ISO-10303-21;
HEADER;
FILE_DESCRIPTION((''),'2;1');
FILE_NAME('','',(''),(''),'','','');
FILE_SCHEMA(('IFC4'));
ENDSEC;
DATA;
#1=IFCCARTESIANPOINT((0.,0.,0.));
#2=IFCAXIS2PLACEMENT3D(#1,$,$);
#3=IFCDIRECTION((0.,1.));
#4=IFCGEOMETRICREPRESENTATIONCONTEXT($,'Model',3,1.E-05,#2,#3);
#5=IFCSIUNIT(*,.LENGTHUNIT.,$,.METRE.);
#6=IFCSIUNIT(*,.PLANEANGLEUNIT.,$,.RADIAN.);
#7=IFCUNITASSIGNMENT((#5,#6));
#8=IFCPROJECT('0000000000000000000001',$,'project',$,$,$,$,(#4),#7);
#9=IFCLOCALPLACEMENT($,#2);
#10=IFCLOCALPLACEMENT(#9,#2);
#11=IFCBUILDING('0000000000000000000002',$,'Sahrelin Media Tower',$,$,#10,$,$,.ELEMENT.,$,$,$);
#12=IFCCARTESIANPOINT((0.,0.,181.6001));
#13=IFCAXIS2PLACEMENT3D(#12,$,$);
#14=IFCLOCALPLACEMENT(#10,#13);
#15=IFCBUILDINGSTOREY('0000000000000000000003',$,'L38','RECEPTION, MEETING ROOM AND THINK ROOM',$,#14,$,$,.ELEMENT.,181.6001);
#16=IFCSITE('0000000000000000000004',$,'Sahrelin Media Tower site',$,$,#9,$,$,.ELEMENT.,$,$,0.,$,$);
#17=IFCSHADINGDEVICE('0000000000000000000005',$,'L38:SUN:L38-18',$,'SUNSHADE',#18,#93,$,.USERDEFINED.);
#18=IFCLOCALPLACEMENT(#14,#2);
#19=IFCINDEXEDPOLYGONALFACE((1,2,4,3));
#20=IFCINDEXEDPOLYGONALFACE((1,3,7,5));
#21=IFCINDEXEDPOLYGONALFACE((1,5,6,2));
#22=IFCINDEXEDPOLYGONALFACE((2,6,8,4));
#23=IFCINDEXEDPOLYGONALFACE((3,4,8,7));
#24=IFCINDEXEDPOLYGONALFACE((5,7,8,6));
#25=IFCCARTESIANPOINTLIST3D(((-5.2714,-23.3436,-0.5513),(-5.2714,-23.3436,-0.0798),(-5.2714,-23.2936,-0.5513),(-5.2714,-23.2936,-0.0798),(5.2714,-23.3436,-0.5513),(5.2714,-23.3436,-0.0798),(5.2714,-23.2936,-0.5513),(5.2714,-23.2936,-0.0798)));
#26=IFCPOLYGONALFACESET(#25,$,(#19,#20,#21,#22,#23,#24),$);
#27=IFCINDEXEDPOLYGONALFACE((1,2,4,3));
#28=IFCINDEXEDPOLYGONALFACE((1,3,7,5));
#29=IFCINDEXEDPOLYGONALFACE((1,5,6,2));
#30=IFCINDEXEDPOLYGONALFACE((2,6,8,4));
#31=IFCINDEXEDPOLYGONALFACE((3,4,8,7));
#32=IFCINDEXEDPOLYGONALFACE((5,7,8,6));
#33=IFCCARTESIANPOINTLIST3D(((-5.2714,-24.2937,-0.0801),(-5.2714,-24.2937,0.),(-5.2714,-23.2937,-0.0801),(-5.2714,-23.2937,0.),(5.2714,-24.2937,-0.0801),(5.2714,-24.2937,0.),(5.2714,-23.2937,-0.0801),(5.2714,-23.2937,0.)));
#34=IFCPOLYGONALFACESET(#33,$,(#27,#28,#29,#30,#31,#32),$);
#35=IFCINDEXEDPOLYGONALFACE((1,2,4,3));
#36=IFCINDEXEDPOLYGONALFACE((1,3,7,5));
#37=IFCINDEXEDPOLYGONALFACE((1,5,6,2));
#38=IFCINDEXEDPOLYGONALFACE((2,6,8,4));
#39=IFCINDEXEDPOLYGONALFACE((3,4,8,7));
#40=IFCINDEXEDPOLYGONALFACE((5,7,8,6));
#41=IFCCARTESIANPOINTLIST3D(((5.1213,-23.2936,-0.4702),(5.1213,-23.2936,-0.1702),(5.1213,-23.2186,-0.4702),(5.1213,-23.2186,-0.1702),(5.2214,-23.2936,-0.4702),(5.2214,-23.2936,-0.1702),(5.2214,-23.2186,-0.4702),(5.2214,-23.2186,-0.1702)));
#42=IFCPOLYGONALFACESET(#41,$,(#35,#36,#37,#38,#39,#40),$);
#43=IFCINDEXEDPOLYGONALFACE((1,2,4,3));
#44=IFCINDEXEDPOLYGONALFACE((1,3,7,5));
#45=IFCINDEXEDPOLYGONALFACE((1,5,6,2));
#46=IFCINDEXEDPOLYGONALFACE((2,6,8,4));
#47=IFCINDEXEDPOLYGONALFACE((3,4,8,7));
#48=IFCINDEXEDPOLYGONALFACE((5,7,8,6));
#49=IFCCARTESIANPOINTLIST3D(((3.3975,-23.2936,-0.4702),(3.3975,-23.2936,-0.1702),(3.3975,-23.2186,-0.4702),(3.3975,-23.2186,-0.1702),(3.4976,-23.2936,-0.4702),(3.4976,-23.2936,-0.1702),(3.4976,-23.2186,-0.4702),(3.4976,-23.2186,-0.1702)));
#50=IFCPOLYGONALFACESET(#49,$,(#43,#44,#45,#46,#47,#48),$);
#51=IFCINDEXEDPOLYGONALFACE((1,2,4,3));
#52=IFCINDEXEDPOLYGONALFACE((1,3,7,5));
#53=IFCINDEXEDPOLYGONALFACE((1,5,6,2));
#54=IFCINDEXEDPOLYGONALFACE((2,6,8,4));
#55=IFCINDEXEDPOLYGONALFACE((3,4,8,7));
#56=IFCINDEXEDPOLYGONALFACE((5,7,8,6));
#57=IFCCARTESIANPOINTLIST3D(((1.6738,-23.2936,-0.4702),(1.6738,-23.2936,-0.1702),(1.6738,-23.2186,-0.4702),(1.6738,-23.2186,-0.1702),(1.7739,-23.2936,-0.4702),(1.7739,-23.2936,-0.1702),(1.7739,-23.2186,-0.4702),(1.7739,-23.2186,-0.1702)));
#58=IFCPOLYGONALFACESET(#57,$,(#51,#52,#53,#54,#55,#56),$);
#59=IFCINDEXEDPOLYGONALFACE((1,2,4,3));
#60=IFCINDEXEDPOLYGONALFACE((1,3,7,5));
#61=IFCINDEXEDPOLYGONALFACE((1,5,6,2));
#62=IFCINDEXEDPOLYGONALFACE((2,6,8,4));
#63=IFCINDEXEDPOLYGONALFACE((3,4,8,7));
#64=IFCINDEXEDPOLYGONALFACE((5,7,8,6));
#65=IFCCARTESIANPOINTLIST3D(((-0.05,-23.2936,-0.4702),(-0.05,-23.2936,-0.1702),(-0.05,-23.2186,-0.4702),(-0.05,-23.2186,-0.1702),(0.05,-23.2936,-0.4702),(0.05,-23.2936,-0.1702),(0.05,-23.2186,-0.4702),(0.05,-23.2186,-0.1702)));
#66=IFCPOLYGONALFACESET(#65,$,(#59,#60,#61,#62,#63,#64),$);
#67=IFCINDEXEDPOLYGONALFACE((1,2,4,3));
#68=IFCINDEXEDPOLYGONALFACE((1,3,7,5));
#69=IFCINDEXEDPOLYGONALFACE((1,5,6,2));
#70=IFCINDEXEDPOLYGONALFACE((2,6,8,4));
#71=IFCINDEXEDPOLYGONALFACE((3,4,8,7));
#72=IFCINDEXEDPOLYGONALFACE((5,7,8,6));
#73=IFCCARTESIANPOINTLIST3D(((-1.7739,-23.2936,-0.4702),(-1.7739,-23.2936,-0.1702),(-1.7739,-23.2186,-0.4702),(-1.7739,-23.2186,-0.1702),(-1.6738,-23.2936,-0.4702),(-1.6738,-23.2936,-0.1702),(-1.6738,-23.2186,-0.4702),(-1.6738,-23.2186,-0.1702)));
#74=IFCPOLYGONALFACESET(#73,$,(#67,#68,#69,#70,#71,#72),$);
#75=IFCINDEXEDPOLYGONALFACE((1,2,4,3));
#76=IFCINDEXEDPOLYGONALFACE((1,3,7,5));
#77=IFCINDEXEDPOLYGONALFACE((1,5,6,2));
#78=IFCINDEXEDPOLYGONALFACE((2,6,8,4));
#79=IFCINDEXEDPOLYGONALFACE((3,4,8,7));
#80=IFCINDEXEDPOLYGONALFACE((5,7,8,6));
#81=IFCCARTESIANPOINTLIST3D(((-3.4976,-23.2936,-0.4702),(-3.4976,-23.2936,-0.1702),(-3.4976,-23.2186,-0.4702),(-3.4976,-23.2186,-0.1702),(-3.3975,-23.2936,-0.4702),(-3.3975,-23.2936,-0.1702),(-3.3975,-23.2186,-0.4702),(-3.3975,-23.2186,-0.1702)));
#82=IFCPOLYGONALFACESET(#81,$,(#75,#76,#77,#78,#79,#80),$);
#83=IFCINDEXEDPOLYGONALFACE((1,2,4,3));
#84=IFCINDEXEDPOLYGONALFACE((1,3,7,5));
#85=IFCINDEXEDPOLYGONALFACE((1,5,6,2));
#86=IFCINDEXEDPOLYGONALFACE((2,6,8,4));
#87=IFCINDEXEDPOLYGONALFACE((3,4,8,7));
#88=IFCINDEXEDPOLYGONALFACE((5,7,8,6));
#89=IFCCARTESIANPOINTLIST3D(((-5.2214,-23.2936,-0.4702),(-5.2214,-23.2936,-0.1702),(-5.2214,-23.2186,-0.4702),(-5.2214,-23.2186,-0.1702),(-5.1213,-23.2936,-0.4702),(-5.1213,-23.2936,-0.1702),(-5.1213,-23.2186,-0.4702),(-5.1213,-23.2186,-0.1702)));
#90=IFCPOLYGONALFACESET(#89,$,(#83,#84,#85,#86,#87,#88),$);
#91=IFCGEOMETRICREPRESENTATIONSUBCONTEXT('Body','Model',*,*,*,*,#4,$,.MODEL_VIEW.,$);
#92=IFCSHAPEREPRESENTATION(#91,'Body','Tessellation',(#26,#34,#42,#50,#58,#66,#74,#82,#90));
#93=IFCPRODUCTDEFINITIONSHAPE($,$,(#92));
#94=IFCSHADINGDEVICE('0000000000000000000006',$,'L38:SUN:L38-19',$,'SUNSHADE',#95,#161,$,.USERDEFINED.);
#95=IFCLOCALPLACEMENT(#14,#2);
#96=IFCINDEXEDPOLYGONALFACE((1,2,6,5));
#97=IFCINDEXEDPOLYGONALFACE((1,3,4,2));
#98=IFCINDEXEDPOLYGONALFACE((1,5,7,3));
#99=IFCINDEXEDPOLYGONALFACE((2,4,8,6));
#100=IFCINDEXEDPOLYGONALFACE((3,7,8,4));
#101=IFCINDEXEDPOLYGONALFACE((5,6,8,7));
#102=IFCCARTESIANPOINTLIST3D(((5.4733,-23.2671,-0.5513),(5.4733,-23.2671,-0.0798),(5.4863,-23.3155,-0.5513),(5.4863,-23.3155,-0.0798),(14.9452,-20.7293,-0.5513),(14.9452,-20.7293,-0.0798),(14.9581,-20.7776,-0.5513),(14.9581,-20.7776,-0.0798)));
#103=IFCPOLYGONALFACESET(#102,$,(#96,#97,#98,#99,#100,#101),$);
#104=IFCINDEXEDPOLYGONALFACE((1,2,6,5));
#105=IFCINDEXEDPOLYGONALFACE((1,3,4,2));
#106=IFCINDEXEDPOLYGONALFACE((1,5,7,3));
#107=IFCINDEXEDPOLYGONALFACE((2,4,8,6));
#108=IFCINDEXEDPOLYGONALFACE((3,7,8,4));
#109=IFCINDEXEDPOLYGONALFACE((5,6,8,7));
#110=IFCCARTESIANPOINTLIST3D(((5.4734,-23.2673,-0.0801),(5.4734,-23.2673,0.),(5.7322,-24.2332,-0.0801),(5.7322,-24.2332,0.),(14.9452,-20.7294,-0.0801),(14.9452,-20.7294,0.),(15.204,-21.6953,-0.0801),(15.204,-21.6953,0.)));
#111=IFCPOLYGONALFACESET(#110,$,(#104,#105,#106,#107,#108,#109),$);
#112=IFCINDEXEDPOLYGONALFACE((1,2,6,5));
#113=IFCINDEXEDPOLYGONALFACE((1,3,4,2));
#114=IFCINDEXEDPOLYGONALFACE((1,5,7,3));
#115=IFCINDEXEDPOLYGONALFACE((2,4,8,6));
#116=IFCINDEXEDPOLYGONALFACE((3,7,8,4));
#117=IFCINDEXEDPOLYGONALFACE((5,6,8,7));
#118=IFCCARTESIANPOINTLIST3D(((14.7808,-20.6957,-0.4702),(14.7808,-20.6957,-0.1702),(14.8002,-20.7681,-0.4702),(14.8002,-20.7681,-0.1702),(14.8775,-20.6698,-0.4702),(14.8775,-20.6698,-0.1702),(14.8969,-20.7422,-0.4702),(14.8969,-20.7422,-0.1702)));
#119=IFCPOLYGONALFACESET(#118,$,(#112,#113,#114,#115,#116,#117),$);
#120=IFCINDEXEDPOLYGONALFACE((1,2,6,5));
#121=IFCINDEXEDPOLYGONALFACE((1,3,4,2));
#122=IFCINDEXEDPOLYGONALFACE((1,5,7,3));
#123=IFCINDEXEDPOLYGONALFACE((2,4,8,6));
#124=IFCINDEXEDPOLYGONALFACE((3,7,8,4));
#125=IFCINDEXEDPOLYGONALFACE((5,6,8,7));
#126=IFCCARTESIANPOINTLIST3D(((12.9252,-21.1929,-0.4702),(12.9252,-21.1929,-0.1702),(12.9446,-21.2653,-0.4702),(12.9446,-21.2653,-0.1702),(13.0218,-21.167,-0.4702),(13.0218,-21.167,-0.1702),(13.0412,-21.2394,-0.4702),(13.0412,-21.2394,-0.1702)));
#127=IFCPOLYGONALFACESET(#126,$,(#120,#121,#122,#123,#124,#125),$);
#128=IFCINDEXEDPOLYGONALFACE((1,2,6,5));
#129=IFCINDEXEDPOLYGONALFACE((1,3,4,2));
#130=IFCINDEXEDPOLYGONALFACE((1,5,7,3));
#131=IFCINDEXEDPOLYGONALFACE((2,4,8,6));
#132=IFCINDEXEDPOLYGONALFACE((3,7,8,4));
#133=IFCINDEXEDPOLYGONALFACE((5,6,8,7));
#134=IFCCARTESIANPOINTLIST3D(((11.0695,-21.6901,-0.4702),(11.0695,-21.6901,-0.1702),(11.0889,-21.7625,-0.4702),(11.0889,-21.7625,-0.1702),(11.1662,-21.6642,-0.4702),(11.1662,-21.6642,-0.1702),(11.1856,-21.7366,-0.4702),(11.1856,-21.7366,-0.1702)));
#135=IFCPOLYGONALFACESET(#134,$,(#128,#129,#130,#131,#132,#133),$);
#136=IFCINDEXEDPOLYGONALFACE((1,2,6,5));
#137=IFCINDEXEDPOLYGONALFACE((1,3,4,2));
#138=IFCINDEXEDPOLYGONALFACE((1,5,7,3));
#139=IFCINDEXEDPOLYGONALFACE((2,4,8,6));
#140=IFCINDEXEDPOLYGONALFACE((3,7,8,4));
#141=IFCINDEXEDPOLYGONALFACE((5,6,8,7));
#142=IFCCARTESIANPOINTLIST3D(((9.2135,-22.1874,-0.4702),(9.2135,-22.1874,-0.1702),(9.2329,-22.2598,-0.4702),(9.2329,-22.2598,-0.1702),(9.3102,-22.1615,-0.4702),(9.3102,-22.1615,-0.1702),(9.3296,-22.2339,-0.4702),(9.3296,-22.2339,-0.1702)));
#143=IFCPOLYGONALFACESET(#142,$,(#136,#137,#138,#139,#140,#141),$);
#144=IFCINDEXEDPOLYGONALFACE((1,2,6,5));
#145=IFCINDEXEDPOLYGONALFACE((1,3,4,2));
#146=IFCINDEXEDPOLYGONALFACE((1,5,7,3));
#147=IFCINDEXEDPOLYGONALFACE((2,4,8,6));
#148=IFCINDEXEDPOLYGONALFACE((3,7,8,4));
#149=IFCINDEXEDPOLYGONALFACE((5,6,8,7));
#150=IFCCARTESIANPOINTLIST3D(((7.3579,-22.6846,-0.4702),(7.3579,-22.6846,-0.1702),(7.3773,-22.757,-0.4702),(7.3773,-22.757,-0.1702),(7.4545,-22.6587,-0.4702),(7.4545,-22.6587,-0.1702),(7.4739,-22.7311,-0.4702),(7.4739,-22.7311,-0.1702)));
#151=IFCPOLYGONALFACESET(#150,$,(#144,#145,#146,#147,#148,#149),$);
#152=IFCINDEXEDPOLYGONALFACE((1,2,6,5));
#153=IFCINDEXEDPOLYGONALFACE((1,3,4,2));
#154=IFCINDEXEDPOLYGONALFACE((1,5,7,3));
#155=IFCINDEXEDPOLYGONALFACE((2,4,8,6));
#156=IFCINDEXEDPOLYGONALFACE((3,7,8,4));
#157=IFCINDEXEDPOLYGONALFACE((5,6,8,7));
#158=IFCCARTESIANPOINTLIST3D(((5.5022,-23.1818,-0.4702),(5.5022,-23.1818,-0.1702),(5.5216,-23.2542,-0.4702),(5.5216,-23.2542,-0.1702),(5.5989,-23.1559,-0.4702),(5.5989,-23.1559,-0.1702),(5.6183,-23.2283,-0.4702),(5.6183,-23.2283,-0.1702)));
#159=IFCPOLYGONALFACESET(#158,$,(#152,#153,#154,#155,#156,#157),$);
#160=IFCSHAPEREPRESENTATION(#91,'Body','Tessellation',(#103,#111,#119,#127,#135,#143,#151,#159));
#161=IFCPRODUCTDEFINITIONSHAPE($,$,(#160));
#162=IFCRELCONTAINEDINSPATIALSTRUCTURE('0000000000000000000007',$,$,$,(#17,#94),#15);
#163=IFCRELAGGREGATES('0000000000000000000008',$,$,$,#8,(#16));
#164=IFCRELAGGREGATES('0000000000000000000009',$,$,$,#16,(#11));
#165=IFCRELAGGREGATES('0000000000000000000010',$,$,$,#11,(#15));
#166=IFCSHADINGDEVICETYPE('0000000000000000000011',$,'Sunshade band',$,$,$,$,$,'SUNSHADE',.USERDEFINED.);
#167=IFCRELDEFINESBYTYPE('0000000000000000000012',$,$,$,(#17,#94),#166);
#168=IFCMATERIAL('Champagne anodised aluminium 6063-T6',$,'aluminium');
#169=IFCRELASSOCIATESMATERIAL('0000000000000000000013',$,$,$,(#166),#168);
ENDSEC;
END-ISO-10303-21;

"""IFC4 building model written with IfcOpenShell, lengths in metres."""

from ifc_helpers import new_model, si_unit, direction, frame, origin, origin_2d, place, context, subcontext, project, spatial, rectangle, extrude, material, type_object, element, save


model = new_model("IFC4")

# Units and contexts
model_context = context("Model", 3, precision=1e-05, world=origin(), true_north=direction((0.0, 1.0)))
body_context = subcontext(model_context, "Body", "Model", "MODEL_VIEW")
ifc_project = project(units=[si_unit("LENGTHUNIT", "METRE"), si_unit("PLANEANGLEUNIT", "RADIAN")], contexts=[model_context])

# Site, building, storey
site_placement = place(None, origin())
site = spatial("IfcSite", under=ifc_project, at=site_placement, Name="Sahrelin Media Tower site", CompositionType="ELEMENT", RefElevation=0.0)
building_placement = place(site_placement, origin())
building = spatial("IfcBuilding", under=site, at=building_placement, Name="Sahrelin Media Tower", CompositionType="ELEMENT")
storey_placement = place(building_placement, frame((0.0, 0.0, 181.6001)))
storey = spatial("IfcBuildingStorey", under=building, at=storey_placement, Name="L38", Description="RECEPTION, MEETING ROOM AND THINK ROOM", CompositionType="ELEMENT", Elevation=181.6001)

# Shared definitions
ifc_material_1 = material(Name="Champagne anodised aluminium 6063-T6", Category="aluminium")

# Shading devices
placement_1 = place(storey_placement, frame((0.0, -23.2737, 0.0), z_axis=(0.0, 0.0, 1.0), x_axis=(-1.0, 0.0, 0.0)))
placement_2 = place(storey_placement, frame((10.2041, -21.979, 0.0), z_axis=(0.0, 0.0, 1.0), x_axis=(-0.965929, -0.258808, 0.0)))
shading_device_type_1 = type_object("IfcShadingDeviceType", Name="Sunshade band", ElementType="SUNSHADE", PredefinedType="USERDEFINED", material=ifc_material_1)
element("IfcShadingDevice", 1, at=placement_1, inside=storey, type_object=shading_device_type_1, Name="L38:SUN:L38-18", ObjectType="SUNSHADE", PredefinedType="USERDEFINED", context=body_context, shape_type="SweptSolid", body=[
    extrude(rectangle(XDim=10.5427, YDim=0.05, at=origin_2d()), frame((0.0, 0.0449, -0.5513)), (0.0, 0.0, 1.0), 0.4714),
    extrude(rectangle(XDim=10.5427, YDim=1.0, at=origin_2d()), frame((0.0, 0.52, -0.0801)), (0.0, 0.0, 1.0), 0.0801),
    extrude(rectangle(XDim=0.1001, YDim=0.075, at=origin_2d()), frame((-5.1714, -0.0176, -0.4702)), (0.0, 0.0, 1.0), 0.3),
    extrude(rectangle(XDim=0.1001, YDim=0.075, at=origin_2d()), frame((-3.4475, -0.0176, -0.4702)), (0.0, 0.0, 1.0), 0.3),
    extrude(rectangle(XDim=0.1001, YDim=0.075, at=origin_2d()), frame((-1.7239, -0.0176, -0.4702)), (0.0, 0.0, 1.0), 0.3),
    extrude(rectangle(XDim=0.1001, YDim=0.075, at=origin_2d()), frame((0.0, -0.0176, -0.4702)), (0.0, 0.0, 1.0), 0.3),
    extrude(rectangle(XDim=0.1001, YDim=0.075, at=origin_2d()), frame((1.7239, -0.0176, -0.4702)), (0.0, 0.0, 1.0), 0.3),
    extrude(rectangle(XDim=0.1001, YDim=0.075, at=origin_2d()), frame((3.4475, -0.0176, -0.4702)), (0.0, 0.0, 1.0), 0.3),
    extrude(rectangle(XDim=0.1001, YDim=0.075, at=origin_2d()), frame((5.1714, -0.0176, -0.4702)), (0.0, 0.0, 1.0), 0.3),
])
element("IfcShadingDevice", 2, at=placement_2, inside=storey, type_object=shading_device_type_1, Name="L38:SUN:L38-19", ObjectType="SUNSHADE", PredefinedType="USERDEFINED", context=body_context, shape_type="SweptSolid", body=[
    extrude(rectangle(XDim=9.8059, YDim=0.05, at=origin_2d()), frame((0.0, 0.0449, -0.5513)), (0.0, 0.0, 1.0), 0.4714),
    extrude(rectangle(XDim=9.8059, YDim=1.0, at=origin_2d()), frame((0.0, 0.52, -0.0801)), (0.0, 0.0, 1.0), 0.0801),
    extrude(rectangle(XDim=0.1001, YDim=0.075, at=origin_2d()), frame((-4.803, -0.0176, -0.4702)), (0.0, 0.0, 1.0), 0.3),
    extrude(rectangle(XDim=0.1001, YDim=0.075, at=origin_2d()), frame((-2.8818, -0.0176, -0.4702)), (0.0, 0.0, 1.0), 0.3),
    extrude(rectangle(XDim=0.1001, YDim=0.075, at=origin_2d()), frame((-0.9607, -0.0176, -0.4702)), (0.0, 0.0, 1.0), 0.3),
    extrude(rectangle(XDim=0.1001, YDim=0.075, at=origin_2d()), frame((0.9607, -0.0176, -0.4702)), (0.0, 0.0, 1.0), 0.3),
    extrude(rectangle(XDim=0.1001, YDim=0.075, at=origin_2d()), frame((2.8818, -0.0176, -0.4702)), (0.0, 0.0, 1.0), 0.3),
    extrude(rectangle(XDim=0.1001, YDim=0.075, at=origin_2d()), frame((4.803, -0.0176, -0.4702)), (0.0, 0.0, 1.0), 0.3),
])

save(model, "model.ifc")
